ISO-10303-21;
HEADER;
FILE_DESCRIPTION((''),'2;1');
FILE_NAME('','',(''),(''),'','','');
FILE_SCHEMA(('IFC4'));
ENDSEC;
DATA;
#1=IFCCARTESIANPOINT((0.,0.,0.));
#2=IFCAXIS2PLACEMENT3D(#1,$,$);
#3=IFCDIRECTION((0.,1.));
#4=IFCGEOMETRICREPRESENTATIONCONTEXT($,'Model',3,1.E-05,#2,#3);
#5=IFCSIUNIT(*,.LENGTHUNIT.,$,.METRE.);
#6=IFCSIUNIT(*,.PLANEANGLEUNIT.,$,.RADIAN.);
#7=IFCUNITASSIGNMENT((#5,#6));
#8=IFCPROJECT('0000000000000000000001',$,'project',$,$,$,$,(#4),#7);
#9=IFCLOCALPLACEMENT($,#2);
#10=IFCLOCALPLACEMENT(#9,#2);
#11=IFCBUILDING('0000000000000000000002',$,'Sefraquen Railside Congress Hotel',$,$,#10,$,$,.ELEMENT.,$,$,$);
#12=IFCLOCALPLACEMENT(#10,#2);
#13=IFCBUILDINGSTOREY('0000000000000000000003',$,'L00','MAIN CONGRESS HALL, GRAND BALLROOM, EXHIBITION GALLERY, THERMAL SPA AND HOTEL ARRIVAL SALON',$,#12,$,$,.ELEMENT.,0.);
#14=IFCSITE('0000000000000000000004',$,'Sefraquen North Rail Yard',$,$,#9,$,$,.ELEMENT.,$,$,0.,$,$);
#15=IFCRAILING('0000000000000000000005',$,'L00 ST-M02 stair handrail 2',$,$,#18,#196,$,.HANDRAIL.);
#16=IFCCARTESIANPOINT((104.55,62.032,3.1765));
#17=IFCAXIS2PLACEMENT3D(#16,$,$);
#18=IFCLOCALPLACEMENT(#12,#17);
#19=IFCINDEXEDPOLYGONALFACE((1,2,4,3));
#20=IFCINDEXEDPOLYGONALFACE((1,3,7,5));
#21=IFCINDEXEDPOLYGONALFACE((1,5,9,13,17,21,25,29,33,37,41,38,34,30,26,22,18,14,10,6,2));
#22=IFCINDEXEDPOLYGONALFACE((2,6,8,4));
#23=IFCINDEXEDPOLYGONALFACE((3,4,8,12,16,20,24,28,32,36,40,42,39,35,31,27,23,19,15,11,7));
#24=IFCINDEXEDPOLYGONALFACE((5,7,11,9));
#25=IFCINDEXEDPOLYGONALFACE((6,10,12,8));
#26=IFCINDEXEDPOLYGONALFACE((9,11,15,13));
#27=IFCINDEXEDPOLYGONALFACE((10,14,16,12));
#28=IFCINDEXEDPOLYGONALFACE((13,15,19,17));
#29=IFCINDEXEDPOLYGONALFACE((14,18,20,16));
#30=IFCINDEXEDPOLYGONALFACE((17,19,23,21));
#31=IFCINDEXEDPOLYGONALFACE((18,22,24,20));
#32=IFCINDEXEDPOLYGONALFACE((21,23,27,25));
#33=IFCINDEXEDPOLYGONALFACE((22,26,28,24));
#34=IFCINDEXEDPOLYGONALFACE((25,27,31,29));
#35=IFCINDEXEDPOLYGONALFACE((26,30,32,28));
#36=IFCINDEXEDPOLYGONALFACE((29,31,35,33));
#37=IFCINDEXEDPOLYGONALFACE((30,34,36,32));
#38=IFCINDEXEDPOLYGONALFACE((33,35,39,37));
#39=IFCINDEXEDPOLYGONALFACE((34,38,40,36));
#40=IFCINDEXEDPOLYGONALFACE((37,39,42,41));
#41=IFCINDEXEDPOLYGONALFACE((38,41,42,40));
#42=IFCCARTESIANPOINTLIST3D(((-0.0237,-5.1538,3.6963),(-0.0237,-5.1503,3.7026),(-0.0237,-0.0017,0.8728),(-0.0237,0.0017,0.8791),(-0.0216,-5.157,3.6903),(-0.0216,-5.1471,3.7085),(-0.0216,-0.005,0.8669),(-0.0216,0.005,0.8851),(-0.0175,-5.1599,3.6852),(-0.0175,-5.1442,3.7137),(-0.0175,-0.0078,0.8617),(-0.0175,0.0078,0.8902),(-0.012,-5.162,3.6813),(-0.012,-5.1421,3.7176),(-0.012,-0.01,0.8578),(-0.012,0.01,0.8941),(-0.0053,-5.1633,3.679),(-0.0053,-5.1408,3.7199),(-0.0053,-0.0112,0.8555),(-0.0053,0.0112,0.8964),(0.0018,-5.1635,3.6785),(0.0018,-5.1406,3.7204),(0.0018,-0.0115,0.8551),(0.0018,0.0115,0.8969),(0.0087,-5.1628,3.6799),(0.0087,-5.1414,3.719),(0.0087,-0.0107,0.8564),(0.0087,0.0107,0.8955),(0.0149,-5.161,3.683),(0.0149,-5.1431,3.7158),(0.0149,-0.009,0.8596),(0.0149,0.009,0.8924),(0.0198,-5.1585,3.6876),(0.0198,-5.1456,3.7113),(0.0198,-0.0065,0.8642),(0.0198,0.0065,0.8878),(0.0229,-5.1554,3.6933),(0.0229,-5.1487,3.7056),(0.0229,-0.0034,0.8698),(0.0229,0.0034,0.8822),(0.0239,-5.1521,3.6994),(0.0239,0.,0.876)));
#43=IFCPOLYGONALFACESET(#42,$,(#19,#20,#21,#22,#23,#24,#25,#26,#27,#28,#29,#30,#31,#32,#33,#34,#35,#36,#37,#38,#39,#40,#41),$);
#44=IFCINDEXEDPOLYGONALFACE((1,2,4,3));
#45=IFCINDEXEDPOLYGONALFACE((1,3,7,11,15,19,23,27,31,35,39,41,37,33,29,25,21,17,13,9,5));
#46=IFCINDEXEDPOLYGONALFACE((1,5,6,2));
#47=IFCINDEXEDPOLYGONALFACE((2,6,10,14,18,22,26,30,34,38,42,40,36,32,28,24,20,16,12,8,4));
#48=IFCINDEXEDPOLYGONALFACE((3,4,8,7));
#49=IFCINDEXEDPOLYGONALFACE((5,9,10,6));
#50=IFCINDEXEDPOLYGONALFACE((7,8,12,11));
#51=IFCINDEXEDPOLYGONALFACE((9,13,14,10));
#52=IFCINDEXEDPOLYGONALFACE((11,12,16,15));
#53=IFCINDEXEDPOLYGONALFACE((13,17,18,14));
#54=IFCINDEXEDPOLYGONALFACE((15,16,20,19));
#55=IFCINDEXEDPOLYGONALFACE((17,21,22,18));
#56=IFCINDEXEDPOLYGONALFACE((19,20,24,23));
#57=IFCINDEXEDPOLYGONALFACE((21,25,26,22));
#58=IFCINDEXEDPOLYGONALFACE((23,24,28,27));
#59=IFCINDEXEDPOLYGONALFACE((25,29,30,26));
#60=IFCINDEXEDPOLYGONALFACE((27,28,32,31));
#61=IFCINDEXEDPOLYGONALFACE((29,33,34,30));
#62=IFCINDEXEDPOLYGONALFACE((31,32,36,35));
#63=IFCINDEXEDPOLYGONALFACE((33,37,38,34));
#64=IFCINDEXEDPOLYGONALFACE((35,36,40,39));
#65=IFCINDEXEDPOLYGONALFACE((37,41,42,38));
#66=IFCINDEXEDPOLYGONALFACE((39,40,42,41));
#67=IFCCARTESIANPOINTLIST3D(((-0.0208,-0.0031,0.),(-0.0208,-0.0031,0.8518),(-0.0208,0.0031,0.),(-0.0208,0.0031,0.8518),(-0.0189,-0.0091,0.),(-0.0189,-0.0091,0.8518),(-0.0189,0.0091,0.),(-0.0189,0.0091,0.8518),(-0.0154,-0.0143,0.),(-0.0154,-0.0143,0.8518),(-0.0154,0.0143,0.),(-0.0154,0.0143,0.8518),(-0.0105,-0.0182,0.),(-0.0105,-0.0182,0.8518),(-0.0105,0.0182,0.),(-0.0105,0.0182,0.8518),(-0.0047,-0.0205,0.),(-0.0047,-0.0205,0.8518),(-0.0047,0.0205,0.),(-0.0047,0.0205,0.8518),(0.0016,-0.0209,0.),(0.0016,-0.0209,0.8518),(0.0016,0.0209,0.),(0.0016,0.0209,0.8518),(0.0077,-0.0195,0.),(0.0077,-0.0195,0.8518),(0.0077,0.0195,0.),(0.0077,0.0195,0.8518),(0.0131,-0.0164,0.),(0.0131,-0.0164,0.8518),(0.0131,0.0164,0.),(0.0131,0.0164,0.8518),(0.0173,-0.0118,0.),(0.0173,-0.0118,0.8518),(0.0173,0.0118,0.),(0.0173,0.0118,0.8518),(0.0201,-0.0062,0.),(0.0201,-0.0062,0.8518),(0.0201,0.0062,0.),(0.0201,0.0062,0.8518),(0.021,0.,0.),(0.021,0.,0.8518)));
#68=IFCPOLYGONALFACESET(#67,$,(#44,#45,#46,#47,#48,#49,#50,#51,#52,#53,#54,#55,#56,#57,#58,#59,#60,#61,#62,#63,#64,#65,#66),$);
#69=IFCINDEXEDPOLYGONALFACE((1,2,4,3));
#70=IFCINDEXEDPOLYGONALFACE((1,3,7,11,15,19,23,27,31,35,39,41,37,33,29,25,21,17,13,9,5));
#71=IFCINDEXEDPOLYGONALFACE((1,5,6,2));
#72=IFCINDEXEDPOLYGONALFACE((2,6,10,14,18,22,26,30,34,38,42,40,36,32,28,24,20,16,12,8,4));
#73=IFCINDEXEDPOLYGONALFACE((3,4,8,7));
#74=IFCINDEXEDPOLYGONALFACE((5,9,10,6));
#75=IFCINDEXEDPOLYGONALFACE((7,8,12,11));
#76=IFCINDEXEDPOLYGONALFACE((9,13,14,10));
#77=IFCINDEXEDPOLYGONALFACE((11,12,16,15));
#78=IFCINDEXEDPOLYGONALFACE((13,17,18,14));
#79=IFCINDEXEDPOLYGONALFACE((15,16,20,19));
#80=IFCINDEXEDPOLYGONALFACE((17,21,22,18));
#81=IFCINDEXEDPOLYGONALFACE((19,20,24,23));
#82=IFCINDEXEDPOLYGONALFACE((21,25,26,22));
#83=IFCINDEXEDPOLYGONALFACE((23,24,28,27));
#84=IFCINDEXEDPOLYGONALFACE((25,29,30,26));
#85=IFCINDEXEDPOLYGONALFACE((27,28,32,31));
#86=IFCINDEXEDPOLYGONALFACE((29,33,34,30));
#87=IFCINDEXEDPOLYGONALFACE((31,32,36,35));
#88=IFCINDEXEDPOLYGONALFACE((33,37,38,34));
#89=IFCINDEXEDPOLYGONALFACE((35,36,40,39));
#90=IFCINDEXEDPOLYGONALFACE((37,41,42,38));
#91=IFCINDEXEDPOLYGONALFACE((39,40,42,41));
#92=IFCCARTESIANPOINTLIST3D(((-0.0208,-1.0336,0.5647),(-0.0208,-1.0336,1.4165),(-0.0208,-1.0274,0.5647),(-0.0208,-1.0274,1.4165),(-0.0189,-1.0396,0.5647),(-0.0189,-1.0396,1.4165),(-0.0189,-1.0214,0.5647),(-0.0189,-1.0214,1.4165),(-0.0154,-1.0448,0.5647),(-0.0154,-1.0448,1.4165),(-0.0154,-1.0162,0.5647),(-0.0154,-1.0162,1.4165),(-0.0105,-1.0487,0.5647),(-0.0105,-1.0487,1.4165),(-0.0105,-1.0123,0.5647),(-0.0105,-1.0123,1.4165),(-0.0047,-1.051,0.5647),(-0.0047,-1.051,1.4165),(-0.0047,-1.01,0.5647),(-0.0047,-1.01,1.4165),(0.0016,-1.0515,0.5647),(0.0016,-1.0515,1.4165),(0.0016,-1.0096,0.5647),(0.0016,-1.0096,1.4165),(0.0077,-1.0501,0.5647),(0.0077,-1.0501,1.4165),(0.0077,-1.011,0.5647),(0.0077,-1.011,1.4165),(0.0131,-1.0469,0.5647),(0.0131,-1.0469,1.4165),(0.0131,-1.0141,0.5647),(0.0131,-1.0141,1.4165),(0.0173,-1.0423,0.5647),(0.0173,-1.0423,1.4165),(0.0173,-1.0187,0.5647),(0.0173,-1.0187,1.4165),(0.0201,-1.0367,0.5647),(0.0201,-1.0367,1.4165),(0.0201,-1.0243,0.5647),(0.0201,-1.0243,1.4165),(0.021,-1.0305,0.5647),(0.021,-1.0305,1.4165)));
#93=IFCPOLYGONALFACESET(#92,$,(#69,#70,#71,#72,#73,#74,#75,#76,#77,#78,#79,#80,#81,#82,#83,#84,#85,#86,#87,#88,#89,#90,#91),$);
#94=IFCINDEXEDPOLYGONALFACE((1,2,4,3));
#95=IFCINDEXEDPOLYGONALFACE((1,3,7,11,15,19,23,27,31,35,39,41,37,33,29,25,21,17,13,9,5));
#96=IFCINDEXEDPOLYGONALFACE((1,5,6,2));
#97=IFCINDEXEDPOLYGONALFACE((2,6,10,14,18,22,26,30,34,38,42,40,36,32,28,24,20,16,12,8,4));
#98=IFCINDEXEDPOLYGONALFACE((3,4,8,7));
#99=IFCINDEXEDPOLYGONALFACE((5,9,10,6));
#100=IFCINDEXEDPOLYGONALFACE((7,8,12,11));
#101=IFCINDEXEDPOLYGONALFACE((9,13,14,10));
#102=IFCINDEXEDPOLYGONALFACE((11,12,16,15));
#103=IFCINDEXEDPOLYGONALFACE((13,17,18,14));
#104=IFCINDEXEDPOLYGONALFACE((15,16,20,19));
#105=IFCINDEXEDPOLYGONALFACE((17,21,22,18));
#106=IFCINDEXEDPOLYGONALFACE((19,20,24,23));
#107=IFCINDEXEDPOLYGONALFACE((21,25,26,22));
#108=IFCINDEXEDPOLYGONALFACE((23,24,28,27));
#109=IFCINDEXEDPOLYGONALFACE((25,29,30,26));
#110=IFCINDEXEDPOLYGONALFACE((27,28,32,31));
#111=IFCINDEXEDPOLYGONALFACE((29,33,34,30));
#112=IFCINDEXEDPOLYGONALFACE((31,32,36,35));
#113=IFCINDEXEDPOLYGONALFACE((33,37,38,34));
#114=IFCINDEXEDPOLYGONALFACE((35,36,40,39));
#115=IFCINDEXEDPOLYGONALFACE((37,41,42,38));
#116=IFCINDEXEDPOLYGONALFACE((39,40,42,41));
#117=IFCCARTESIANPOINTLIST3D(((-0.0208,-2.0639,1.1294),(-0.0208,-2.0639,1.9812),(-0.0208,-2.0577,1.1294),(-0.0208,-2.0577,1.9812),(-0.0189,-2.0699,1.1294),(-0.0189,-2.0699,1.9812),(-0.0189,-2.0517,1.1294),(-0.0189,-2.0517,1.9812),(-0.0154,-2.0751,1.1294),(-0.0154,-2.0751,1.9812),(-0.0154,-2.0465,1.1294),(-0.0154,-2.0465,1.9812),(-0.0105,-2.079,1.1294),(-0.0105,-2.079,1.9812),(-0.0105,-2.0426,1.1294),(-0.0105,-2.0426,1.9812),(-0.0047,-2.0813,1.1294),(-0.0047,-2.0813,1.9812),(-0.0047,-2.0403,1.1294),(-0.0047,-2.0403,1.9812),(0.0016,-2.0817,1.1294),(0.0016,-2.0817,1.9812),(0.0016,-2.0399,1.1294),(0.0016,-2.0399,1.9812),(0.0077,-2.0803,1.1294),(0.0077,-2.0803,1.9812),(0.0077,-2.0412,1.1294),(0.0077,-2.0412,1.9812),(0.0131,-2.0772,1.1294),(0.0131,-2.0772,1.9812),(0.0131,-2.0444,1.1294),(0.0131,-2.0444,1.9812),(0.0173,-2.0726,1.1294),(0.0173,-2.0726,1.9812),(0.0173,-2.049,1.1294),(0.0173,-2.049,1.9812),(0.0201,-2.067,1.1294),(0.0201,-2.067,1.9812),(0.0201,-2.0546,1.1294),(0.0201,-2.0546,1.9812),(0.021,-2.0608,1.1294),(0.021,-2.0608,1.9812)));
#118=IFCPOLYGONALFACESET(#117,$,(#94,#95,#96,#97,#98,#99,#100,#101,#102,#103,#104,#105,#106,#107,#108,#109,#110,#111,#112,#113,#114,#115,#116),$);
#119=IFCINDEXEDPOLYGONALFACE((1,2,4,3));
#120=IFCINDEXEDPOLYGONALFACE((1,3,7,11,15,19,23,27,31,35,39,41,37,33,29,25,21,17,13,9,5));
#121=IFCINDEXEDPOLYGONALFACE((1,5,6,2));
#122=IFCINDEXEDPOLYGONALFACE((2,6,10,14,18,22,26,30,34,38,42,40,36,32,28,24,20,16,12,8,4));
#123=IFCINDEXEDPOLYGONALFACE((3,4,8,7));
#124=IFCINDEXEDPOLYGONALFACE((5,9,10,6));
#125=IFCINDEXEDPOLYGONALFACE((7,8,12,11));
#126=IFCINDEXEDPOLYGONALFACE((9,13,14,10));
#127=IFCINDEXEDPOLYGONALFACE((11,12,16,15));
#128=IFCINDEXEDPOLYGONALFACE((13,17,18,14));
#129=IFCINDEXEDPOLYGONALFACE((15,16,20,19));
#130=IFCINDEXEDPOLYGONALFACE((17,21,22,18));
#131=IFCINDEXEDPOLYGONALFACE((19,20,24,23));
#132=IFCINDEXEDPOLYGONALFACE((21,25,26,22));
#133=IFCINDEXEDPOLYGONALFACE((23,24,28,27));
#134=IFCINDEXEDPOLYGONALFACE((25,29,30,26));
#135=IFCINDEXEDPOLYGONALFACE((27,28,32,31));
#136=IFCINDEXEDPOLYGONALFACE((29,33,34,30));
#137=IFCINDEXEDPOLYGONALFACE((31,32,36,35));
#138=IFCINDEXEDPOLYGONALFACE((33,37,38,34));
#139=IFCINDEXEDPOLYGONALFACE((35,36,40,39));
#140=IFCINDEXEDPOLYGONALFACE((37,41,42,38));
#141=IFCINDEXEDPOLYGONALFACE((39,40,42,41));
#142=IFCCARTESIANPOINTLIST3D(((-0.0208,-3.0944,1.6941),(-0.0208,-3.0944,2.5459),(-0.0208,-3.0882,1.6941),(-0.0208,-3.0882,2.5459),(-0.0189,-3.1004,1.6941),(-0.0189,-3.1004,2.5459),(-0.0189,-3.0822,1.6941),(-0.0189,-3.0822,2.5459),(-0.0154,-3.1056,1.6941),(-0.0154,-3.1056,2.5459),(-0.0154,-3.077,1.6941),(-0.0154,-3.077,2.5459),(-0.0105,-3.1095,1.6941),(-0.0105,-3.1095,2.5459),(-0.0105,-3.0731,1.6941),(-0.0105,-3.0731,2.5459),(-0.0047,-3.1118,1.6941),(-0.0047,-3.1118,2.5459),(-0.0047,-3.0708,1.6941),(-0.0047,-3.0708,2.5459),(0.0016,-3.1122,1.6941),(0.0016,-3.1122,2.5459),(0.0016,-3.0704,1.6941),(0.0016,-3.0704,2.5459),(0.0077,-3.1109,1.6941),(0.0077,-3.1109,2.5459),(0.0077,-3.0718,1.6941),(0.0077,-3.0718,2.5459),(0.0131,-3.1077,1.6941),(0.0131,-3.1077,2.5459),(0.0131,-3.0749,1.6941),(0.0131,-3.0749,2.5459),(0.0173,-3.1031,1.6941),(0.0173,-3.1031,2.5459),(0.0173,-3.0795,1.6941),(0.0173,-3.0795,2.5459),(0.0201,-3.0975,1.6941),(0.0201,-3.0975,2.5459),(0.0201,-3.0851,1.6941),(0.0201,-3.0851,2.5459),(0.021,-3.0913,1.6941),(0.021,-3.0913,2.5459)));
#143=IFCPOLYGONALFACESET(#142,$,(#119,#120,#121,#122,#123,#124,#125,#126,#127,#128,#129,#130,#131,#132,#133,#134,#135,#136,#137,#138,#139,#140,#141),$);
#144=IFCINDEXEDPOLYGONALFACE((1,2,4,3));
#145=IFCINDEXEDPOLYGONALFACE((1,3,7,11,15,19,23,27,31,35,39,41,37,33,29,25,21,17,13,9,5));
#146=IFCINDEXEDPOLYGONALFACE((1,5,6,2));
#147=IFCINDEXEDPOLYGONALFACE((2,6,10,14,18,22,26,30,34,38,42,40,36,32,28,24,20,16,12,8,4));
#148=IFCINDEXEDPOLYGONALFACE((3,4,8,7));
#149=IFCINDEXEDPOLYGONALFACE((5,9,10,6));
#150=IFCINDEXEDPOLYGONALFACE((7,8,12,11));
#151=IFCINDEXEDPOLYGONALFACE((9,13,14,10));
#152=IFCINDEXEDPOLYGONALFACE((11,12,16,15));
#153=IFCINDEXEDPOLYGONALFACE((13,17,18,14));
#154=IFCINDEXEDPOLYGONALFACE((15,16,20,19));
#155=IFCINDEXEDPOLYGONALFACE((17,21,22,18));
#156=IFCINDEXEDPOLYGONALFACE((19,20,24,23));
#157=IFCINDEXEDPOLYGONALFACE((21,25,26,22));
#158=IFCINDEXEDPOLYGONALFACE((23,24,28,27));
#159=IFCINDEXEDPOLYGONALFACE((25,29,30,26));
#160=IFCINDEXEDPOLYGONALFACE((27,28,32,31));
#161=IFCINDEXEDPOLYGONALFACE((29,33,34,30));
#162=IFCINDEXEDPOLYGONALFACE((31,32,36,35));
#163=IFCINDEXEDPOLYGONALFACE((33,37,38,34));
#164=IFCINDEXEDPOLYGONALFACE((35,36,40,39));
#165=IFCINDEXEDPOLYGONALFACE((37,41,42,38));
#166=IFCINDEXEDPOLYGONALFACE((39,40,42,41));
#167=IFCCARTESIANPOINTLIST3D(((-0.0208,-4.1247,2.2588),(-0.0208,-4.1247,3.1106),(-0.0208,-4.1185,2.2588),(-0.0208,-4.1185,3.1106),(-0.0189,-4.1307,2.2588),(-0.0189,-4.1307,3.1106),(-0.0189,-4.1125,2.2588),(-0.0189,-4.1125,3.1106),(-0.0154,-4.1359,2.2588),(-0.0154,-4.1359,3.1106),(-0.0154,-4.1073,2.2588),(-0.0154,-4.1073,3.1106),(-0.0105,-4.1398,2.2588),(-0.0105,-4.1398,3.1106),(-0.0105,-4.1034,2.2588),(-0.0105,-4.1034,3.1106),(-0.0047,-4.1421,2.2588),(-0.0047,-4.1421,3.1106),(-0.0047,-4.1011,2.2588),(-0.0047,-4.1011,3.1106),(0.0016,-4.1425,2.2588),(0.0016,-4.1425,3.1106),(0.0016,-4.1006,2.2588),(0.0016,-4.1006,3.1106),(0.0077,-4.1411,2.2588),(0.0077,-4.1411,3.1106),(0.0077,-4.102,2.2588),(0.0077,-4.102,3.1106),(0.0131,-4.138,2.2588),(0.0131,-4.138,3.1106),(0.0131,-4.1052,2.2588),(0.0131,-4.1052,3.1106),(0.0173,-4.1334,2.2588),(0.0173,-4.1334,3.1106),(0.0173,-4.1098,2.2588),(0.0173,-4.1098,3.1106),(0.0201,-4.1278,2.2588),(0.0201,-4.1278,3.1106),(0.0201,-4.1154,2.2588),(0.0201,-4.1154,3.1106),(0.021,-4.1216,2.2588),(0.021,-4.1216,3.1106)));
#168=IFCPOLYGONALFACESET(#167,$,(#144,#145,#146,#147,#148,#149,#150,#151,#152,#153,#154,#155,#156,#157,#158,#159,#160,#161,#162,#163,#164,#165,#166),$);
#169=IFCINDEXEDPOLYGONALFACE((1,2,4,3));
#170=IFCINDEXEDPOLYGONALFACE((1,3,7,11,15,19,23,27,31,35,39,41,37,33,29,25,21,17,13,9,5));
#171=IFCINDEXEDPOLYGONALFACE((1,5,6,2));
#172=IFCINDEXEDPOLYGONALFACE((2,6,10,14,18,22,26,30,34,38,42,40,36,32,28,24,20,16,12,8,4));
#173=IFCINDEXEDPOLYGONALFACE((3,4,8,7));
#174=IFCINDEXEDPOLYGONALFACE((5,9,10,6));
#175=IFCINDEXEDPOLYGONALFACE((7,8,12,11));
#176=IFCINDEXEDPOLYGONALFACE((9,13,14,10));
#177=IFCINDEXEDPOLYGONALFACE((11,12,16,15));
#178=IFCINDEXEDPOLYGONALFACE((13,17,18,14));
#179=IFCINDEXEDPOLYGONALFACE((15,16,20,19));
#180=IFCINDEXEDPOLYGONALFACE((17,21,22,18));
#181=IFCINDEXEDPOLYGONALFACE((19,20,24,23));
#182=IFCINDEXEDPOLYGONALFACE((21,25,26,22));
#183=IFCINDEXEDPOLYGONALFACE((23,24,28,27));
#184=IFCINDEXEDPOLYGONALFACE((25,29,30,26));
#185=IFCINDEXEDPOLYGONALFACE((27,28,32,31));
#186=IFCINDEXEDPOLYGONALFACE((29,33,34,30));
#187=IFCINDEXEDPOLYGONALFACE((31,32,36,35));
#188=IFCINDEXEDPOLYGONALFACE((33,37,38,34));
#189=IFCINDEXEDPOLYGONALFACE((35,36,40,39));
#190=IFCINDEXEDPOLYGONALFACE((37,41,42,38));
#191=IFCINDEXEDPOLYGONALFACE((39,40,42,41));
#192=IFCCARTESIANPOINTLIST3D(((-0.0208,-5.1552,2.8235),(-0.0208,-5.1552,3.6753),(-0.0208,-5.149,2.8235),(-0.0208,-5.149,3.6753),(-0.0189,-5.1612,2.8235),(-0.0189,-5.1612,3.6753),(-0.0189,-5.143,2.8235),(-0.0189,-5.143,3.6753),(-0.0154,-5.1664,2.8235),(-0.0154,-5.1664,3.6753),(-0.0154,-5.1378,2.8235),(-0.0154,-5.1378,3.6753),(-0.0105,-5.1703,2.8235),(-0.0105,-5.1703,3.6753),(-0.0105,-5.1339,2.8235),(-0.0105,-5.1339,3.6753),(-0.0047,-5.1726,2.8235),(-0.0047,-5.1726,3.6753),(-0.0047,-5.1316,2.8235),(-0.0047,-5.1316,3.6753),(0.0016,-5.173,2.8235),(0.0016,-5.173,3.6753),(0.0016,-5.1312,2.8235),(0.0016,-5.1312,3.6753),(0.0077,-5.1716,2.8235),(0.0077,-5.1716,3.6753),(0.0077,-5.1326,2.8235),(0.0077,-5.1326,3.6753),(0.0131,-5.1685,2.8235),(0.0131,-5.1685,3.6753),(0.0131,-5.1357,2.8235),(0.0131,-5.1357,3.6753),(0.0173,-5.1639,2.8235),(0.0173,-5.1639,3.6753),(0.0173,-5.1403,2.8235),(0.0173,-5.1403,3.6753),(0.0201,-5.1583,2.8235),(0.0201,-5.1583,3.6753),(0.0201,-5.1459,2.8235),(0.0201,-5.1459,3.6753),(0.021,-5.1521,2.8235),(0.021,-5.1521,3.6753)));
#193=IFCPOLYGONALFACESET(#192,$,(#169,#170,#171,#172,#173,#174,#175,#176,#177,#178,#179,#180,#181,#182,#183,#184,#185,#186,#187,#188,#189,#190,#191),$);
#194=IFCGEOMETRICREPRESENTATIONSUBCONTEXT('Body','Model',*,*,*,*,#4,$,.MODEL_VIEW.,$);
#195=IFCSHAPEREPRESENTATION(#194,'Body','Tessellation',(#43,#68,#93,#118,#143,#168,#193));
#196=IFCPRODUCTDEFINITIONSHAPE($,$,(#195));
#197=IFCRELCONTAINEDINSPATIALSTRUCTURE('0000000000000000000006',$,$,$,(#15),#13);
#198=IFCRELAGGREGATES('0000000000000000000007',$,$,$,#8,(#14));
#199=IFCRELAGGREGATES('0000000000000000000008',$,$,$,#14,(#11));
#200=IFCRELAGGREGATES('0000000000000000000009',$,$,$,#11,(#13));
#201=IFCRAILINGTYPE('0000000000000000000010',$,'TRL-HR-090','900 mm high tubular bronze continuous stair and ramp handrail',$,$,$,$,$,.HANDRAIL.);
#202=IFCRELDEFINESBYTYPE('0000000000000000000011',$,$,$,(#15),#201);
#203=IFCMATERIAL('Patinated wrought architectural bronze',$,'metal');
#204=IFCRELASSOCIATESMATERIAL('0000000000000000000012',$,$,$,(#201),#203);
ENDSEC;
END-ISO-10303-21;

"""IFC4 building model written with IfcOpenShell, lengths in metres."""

from ifc_helpers import new_model, si_unit, direction, frame, origin, origin_2d, place, context, subcontext, project, spatial, circle, extrude, material, type_object, element, save


model = new_model("IFC4")

# Units and contexts
model_context = context("Model", 3, precision=1e-05, world=origin(), true_north=direction((0.0, 1.0)))
body_context = subcontext(model_context, "Body", "Model", "MODEL_VIEW")
ifc_project = project(units=[si_unit("LENGTHUNIT", "METRE"), si_unit("PLANEANGLEUNIT", "RADIAN")], contexts=[model_context])

# Site, building, storey
site_placement = place(None, origin())
site = spatial("IfcSite", under=ifc_project, at=site_placement, Name="Sefraquen North Rail Yard", CompositionType="ELEMENT", RefElevation=0.0)
building_placement = place(site_placement, origin())
building = spatial("IfcBuilding", under=site, at=building_placement, Name="Sefraquen Railside Congress Hotel", CompositionType="ELEMENT")
storey_placement = place(building_placement, origin())
storey = spatial("IfcBuildingStorey", under=building, at=storey_placement, Name="L00", Description="MAIN CONGRESS HALL, GRAND BALLROOM, EXHIBITION GALLERY, THERMAL SPA AND HOTEL ARRIVAL SALON", CompositionType="ELEMENT", Elevation=0.0)

# Railing
ifc_material_1 = material(Name="Patinated wrought architectural bronze", Category="metal")
railing_type_1 = type_object("IfcRailingType", Name="TRL-HR-090", Description="900 mm high tubular bronze continuous stair and ramp handrail", PredefinedType="HANDRAIL", material=ifc_material_1)
railing_1_placement = place(storey_placement, frame((104.55, 62.032, 3.1765)))
element("IfcRailing", 1, at=railing_1_placement, inside=storey, type_object=railing_type_1, Name="L00 ST-M02 stair handrail 2", PredefinedType="HANDRAIL", context=body_context, shape_type="SweptSolid", body=[
    extrude(circle(Radius=0.0239, at=origin_2d()), frame((0.0, 0.0, 0.876), z_axis=(0.0, -0.876946, 0.480589), x_axis=(1.0, 0.0, 0.0)), (0.0, 0.0, 1.0), 5.875),
    extrude(circle(Radius=0.021, at=origin_2d()), origin(), (0.0, 0.0, 1.0), 0.8518),
    extrude(circle(Radius=0.021, at=origin_2d()), frame((0.0, -1.0305, 0.5647)), (0.0, 0.0, 1.0), 0.8518),
    extrude(circle(Radius=0.021, at=origin_2d()), frame((0.0, -2.0608, 1.1294)), (0.0, 0.0, 1.0), 0.8518),
    extrude(circle(Radius=0.021, at=origin_2d()), frame((0.0, -3.0913, 1.6941)), (0.0, 0.0, 1.0), 0.8518),
    extrude(circle(Radius=0.021, at=origin_2d()), frame((0.0, -4.1216, 2.2588)), (0.0, 0.0, 1.0), 0.8518),
    extrude(circle(Radius=0.021, at=origin_2d()), frame((0.0, -5.1521, 2.8235)), (0.0, 0.0, 1.0), 0.8518),
])

save(model, "model.ifc")
